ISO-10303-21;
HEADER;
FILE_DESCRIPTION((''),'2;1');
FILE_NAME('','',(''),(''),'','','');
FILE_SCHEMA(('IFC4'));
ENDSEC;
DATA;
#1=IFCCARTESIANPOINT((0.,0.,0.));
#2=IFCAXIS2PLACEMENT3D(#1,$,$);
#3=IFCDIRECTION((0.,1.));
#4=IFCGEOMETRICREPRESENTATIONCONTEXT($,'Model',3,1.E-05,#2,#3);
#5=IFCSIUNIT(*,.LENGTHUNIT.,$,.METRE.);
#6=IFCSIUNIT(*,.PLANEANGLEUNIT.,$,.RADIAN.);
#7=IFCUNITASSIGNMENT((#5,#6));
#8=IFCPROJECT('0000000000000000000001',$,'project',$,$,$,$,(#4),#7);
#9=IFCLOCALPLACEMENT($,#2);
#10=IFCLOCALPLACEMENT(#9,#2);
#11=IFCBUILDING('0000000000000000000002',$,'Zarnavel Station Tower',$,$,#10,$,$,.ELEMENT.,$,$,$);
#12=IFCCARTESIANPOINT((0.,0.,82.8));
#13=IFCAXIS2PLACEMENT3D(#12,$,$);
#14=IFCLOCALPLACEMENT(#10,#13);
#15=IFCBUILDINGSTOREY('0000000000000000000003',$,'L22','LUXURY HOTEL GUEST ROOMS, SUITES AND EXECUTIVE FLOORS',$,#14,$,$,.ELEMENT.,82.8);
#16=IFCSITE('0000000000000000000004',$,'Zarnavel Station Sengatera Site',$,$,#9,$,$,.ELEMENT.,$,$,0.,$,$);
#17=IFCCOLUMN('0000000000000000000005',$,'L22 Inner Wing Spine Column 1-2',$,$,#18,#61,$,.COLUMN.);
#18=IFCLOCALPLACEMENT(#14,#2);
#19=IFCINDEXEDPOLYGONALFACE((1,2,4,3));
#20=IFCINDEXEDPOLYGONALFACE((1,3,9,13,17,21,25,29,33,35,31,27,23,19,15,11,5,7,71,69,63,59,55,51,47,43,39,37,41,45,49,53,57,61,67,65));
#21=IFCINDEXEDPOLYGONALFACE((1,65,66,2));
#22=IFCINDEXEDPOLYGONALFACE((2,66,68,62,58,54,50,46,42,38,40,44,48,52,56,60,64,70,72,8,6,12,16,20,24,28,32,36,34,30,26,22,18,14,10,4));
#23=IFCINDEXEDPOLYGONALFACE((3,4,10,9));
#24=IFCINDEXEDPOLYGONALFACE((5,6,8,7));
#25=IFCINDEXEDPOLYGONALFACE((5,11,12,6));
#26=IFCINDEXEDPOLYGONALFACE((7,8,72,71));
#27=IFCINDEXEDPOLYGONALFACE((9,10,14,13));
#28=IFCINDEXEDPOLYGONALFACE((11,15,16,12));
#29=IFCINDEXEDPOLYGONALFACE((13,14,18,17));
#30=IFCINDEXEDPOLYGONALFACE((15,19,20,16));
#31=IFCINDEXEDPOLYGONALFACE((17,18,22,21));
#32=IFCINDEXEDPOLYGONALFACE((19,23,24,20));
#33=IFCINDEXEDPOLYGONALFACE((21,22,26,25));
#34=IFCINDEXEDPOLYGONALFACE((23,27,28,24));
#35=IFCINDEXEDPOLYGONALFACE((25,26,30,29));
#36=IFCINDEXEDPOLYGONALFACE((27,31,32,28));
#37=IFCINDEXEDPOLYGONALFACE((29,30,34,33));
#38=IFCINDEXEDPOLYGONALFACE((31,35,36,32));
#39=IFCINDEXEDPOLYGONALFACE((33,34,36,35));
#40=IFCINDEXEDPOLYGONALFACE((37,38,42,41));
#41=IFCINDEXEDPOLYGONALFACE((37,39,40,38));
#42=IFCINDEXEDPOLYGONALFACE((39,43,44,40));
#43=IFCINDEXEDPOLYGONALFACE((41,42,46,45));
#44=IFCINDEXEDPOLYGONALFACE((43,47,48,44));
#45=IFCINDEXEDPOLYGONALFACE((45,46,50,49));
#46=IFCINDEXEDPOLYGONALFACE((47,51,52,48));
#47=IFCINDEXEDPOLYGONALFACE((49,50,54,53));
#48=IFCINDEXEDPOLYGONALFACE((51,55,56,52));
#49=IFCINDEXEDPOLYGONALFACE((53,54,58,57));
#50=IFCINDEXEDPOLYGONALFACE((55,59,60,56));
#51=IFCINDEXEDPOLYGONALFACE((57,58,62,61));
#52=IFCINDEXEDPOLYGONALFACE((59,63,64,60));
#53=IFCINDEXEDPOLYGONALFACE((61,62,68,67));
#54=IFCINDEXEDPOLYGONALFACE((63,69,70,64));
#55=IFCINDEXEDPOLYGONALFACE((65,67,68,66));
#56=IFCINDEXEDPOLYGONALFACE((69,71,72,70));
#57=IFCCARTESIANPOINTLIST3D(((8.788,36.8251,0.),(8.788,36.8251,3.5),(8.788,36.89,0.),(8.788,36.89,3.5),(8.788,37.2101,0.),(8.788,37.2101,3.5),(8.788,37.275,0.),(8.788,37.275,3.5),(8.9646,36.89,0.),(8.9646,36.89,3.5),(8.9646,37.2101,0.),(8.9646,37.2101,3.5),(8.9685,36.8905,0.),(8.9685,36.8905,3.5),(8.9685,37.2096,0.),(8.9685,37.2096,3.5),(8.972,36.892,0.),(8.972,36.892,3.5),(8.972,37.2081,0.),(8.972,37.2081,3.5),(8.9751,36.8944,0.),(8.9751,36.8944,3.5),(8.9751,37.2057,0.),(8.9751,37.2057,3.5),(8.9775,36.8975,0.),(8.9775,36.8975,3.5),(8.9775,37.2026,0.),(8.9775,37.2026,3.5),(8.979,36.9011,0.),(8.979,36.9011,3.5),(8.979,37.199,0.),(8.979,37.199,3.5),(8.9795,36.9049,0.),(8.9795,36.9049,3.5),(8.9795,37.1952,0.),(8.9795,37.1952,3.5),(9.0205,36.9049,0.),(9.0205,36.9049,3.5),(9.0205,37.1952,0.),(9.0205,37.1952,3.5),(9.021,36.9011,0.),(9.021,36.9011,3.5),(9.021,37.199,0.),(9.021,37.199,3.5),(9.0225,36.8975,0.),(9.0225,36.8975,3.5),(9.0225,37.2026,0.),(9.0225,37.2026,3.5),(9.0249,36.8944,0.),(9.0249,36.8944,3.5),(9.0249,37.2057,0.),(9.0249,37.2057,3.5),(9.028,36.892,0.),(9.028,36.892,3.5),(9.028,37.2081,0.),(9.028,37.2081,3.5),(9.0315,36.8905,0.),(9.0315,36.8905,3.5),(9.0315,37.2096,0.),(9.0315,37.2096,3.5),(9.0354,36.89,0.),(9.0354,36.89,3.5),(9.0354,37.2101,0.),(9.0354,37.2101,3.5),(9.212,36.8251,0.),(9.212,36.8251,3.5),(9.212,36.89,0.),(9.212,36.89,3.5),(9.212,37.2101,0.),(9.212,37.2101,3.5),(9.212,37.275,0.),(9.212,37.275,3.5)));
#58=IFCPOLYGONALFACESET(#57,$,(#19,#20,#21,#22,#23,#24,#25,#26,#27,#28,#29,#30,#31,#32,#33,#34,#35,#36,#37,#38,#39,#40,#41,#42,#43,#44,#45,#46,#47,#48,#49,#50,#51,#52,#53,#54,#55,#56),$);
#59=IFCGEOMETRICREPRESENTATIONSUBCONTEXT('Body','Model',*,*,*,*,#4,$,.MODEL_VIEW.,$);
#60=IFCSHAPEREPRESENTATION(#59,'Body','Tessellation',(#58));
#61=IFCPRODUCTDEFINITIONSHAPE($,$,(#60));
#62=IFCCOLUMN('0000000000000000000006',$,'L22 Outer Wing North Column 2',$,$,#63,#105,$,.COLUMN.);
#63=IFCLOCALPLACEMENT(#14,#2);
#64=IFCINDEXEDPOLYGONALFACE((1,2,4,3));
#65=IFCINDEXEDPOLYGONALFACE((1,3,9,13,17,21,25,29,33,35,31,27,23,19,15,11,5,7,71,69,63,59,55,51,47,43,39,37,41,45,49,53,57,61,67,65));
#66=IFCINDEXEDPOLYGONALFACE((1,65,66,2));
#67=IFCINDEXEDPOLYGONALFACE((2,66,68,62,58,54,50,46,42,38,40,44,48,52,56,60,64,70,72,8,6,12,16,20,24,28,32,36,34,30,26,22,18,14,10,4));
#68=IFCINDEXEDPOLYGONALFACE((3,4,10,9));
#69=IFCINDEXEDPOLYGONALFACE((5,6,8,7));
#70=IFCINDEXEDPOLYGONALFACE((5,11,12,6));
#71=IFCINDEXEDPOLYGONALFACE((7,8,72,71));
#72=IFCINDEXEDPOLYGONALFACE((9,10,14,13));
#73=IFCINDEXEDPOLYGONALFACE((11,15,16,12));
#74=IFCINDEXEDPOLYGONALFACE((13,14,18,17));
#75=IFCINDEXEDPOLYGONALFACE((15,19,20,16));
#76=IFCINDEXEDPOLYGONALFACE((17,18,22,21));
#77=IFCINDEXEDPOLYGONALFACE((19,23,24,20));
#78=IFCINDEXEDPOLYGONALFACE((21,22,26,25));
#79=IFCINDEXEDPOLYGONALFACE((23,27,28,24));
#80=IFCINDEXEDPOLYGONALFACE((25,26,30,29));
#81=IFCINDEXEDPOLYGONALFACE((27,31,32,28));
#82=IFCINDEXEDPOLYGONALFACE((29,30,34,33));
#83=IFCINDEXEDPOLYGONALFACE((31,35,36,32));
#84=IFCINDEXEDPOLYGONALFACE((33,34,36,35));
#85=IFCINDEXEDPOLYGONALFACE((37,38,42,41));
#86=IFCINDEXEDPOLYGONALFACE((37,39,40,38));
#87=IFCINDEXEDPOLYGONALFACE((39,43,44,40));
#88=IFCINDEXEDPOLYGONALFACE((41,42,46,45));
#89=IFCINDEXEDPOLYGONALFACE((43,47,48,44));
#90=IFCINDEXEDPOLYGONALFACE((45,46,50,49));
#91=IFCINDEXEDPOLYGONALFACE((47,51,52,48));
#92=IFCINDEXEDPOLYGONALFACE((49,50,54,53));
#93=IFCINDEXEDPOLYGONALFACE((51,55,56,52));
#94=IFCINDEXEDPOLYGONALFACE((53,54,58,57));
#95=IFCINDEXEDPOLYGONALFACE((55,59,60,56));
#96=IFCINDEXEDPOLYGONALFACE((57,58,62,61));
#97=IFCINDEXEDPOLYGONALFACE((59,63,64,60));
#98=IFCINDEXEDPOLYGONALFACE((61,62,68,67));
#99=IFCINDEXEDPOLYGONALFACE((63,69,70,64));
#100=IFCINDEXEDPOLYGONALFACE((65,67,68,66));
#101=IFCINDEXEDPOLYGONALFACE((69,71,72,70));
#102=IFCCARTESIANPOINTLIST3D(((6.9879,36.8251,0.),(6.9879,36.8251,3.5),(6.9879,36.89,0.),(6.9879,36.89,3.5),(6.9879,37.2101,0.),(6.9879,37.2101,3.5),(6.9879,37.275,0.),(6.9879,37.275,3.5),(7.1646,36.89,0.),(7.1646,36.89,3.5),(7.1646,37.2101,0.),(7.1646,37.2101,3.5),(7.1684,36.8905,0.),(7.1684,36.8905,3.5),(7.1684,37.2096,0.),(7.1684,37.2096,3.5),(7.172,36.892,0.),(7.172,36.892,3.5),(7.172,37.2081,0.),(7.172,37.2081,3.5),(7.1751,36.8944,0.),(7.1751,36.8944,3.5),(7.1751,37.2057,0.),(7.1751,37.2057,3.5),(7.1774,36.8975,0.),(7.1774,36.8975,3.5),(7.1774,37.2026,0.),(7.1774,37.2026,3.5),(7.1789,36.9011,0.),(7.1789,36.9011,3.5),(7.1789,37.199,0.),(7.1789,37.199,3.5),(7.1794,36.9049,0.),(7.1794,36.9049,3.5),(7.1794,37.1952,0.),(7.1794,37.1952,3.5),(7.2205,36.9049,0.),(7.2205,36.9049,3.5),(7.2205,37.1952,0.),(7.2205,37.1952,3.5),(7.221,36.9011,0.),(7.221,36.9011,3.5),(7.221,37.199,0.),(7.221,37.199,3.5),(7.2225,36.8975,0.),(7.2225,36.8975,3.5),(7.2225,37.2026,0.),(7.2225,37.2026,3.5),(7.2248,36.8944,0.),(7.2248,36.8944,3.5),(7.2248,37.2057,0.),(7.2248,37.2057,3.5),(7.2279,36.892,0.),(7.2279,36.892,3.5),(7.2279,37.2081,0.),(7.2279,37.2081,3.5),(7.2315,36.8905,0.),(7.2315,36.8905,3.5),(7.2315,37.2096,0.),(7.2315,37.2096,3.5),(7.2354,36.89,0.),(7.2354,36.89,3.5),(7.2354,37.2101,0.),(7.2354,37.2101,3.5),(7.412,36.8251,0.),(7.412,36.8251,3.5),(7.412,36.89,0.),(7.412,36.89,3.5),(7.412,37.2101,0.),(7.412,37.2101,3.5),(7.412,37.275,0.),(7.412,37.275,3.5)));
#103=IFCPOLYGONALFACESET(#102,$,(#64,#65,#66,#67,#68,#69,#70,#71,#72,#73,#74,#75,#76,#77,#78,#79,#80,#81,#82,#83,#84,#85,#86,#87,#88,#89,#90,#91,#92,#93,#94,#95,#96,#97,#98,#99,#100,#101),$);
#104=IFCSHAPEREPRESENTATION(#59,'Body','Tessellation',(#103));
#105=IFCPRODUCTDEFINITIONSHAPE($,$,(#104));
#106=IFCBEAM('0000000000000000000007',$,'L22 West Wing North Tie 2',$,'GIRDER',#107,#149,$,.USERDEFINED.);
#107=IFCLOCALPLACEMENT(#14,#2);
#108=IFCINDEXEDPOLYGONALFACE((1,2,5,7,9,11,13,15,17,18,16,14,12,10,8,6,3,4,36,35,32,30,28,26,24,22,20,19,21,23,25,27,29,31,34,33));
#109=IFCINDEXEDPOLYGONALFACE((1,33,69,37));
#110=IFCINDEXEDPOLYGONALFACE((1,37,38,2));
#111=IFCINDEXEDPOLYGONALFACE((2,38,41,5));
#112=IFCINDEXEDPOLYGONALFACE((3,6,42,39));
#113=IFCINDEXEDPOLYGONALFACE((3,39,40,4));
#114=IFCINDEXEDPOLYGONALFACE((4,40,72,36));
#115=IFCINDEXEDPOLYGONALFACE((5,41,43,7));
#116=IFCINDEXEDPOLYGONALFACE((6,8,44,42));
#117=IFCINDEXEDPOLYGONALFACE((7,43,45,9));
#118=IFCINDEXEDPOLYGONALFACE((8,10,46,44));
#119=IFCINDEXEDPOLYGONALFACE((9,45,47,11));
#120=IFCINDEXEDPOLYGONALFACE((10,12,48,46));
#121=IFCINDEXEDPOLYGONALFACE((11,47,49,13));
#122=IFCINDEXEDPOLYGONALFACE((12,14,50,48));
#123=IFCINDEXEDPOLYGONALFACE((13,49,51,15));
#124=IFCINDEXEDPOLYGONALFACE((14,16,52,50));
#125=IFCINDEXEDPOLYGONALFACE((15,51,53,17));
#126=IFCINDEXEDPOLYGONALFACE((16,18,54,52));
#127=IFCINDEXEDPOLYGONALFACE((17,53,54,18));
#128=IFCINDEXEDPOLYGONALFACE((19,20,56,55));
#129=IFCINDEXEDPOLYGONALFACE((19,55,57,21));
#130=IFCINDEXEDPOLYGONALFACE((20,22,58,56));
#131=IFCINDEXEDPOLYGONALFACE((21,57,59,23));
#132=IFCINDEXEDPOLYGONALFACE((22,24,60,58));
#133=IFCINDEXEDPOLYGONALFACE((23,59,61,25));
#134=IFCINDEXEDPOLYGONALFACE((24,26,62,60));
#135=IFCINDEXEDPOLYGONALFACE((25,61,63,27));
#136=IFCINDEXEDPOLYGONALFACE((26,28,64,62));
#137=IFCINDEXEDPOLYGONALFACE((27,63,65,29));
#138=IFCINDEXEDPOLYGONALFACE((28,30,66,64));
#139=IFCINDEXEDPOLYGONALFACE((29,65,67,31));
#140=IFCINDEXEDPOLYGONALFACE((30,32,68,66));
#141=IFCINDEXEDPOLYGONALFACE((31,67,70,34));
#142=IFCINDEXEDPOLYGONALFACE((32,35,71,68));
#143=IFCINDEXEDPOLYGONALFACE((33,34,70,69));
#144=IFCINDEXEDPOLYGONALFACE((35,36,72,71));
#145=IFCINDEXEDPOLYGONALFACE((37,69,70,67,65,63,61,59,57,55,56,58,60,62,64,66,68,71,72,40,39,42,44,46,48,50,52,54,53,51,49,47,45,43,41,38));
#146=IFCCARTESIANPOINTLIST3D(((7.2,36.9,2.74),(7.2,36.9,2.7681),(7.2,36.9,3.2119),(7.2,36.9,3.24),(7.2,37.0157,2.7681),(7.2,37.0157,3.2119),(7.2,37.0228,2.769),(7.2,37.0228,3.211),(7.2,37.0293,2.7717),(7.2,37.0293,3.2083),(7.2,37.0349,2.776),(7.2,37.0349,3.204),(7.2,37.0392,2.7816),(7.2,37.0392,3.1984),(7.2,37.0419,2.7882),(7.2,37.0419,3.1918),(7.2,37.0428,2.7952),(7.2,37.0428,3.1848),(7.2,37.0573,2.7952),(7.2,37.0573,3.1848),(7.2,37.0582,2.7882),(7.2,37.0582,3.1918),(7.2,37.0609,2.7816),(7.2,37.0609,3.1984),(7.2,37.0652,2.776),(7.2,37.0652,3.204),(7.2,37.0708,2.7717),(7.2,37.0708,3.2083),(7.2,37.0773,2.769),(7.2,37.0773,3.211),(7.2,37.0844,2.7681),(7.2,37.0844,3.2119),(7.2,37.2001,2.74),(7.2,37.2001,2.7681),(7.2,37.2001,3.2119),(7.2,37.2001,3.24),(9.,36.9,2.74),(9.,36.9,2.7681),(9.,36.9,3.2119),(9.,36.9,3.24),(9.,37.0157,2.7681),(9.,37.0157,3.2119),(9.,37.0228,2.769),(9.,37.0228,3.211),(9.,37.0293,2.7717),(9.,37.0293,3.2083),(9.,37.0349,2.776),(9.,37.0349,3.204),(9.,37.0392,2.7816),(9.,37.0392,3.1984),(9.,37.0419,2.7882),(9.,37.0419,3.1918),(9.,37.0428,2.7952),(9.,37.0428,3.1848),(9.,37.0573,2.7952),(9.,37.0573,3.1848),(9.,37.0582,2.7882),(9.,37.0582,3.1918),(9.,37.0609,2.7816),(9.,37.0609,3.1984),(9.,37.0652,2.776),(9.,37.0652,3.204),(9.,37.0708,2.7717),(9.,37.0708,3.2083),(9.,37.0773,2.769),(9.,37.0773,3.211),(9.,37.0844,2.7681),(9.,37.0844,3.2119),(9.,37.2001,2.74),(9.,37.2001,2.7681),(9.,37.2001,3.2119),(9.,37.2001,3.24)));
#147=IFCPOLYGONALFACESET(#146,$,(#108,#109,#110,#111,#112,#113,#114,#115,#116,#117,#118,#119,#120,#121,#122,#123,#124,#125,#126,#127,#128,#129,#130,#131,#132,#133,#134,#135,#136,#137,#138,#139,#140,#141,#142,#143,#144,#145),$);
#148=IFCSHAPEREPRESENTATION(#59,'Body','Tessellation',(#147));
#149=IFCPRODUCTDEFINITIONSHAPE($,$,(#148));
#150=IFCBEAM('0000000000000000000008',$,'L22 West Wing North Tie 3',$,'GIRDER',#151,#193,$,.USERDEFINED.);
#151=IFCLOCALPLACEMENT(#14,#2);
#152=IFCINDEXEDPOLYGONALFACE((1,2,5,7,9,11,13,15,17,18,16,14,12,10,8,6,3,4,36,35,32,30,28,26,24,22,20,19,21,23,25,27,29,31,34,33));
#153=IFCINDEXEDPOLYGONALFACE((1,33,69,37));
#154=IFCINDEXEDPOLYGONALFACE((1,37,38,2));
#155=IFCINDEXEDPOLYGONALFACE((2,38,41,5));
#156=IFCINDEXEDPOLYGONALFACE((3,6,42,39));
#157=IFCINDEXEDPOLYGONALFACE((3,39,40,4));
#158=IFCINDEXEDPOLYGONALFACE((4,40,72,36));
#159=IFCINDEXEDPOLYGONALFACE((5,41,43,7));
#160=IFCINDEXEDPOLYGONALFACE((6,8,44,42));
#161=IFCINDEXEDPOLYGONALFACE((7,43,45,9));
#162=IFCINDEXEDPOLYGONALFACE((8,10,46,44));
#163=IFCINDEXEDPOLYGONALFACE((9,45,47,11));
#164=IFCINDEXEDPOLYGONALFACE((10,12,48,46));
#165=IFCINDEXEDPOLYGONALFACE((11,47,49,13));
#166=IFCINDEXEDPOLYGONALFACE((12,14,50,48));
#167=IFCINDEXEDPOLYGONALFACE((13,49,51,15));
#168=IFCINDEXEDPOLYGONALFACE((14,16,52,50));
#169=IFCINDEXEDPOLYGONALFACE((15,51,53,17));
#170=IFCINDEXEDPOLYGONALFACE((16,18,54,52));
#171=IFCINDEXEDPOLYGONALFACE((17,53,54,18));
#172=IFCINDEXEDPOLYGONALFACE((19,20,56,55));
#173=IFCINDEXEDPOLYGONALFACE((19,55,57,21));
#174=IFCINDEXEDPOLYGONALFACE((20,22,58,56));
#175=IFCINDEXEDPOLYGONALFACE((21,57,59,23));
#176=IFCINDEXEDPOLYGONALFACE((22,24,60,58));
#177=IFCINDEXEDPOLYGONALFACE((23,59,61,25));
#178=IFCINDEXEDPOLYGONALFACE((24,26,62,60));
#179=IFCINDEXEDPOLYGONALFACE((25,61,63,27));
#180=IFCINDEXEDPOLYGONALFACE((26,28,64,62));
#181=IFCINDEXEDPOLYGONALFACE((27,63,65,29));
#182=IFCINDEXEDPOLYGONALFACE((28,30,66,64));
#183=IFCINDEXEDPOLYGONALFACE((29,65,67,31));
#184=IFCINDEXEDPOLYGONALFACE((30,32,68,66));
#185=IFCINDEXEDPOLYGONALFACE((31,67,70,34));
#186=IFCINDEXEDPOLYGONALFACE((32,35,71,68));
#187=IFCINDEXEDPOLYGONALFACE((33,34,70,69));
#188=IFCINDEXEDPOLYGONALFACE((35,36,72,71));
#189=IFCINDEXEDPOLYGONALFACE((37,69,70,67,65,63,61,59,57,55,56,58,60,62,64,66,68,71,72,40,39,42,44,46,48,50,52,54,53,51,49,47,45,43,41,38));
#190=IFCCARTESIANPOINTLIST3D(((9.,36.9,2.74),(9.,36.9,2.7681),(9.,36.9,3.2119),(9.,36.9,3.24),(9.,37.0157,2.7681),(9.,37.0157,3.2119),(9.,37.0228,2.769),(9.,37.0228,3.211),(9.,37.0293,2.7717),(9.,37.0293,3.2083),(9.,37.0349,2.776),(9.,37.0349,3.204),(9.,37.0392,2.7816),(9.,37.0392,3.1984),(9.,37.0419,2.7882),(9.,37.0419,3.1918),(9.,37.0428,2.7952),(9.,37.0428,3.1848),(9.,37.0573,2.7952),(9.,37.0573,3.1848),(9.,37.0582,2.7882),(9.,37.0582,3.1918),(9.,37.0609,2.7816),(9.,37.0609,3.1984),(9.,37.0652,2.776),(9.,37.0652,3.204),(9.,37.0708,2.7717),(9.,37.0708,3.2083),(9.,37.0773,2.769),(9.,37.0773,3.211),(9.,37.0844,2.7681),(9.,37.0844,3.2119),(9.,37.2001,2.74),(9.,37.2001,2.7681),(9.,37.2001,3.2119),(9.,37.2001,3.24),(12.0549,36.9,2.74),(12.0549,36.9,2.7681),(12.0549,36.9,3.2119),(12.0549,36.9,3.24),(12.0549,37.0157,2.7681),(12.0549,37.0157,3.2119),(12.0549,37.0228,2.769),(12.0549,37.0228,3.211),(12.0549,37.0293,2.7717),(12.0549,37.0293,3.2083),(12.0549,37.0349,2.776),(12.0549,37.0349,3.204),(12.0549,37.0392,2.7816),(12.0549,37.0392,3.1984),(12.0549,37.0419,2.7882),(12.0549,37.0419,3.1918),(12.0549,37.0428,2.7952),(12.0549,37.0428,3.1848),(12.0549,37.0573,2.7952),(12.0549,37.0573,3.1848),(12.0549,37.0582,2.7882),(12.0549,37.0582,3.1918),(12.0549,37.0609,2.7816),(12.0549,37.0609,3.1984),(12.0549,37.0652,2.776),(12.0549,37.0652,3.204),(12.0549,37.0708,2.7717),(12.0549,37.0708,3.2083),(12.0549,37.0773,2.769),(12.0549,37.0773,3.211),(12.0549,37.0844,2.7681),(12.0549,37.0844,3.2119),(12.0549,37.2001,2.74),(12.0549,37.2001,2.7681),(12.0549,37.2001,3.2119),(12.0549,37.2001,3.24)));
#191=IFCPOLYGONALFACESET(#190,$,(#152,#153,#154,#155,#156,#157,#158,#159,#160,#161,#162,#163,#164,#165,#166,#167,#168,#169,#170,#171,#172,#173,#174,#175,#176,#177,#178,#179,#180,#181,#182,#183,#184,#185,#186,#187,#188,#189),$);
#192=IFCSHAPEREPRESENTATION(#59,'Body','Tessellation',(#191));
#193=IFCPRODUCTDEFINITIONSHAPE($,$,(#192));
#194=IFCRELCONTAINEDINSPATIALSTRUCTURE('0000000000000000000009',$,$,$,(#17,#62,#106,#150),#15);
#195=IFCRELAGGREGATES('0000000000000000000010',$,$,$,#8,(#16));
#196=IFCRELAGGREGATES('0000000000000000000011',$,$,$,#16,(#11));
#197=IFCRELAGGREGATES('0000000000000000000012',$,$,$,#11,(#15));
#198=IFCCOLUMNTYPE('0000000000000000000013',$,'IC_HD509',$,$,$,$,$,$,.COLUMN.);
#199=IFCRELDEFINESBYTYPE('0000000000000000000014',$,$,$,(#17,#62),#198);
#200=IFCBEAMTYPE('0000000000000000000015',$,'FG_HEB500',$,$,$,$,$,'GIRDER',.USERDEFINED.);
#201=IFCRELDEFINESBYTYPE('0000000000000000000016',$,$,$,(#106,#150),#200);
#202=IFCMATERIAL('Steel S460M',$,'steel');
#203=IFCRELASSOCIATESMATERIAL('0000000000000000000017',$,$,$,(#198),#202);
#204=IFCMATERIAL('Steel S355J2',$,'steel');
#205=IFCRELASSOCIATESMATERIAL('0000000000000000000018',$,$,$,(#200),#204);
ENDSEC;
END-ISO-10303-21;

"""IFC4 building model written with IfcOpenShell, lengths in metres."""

from ifc_helpers import new_model, si_unit, direction, frame, origin, origin_2d, place, context, subcontext, project, spatial, i_section, extrude, material, material_profile, profile_set, type_object, element, save


model = new_model("IFC4")

# Units and contexts
model_context = context("Model", 3, precision=1e-05, world=origin(), true_north=direction((0.0, 1.0)))
body_context = subcontext(model_context, "Body", "Model", "MODEL_VIEW")
ifc_project = project(units=[si_unit("LENGTHUNIT", "METRE"), si_unit("PLANEANGLEUNIT", "RADIAN")], contexts=[model_context])

# Site, building, storey
site_placement = place(None, origin())
site = spatial("IfcSite", under=ifc_project, at=site_placement, Name="Zarnavel Station Sengatera Site", CompositionType="ELEMENT", RefElevation=0.0)
building_placement = place(site_placement, origin())
building = spatial("IfcBuilding", under=site, at=building_placement, Name="Zarnavel Station Tower", CompositionType="ELEMENT")
storey_placement = place(building_placement, frame((0.0, 0.0, 82.8)))
storey = spatial("IfcBuildingStorey", under=building, at=storey_placement, Name="L22", Description="LUXURY HOTEL GUEST ROOMS, SUITES AND EXECUTIVE FLOORS", CompositionType="ELEMENT", Elevation=82.8)

# Columns
ifc_material_1 = material(Name="Steel S460M", Category="steel")
ifc_material_profile_1 = material_profile(ifc_material_1, i_section(OverallWidth=0.4241, OverallDepth=0.45, WebThickness=0.041, FlangeThickness=0.0649, FilletRadius=0.0149, at=origin_2d()), Name="HD400x509")
ifc_profile_set_1 = profile_set([ifc_material_profile_1], Name="Steel S460M")
column_type = type_object("IfcColumnType", Name="IC_HD509", PredefinedType="COLUMN", material=ifc_profile_set_1)
for number, where, z_axis, x_axis, name in (
    (1, (9.0, 37.05, 0.0), (0.0, 0.0, 1.0), (1.0, 0.0, 0.0), "L22 Inner Wing Spine Column 1-2"),
    (2, (7.2, 37.05, 0.0), (0.0, 0.0, 1.0), (1.0, 0.0, 0.0), "L22 Outer Wing North Column 2"),
):
    element("IfcColumn", number, at=place(storey_placement, frame(where, z_axis=z_axis, x_axis=x_axis)), inside=storey, type_object=column_type, Name=name, PredefinedType="COLUMN", context=body_context, shape_type="SweptSolid", body=[
        extrude(i_section(OverallWidth=0.4241, OverallDepth=0.45, WebThickness=0.041, FlangeThickness=0.0649, FilletRadius=0.0149, at=origin_2d()), origin(), (0.0, 0.0, 1.0), 3.5),
    ])

# Beams
ifc_material_2 = material(Name="Steel S355J2", Category="steel")
ifc_material_profile_2 = material_profile(ifc_material_2, i_section(OverallWidth=0.3, OverallDepth=0.5, WebThickness=0.0144, FlangeThickness=0.0281, FilletRadius=0.0271, at=origin_2d()), Name="HEB500")
ifc_profile_set_2 = profile_set([ifc_material_profile_2], Name="Steel S355J2")
beam_type = type_object("IfcBeamType", Name="FG_HEB500", ElementType="GIRDER", PredefinedType="USERDEFINED", material=ifc_profile_set_2)
beam_1_placement = place(storey_placement, frame((7.2, 37.05, 2.99), z_axis=(1.0, 0.0, 0.0), x_axis=(0.0, 1.0, 0.0)))
element("IfcBeam", 3, at=beam_1_placement, inside=storey, type_object=beam_type, Name="L22 West Wing North Tie 2", ObjectType="GIRDER", PredefinedType="USERDEFINED", context=body_context, shape_type="SweptSolid", body=[
    extrude(i_section(OverallWidth=0.3, OverallDepth=0.5, WebThickness=0.0144, FlangeThickness=0.0281, FilletRadius=0.0271, at=origin_2d()), origin(), (0.0, 0.0, 1.0), 1.8),
])
beam_2_placement = place(storey_placement, frame((9.0, 37.05, 2.99), z_axis=(1.0, 0.0, 0.0), x_axis=(0.0, 1.0, 0.0)))
element("IfcBeam", 4, at=beam_2_placement, inside=storey, type_object=beam_type, Name="L22 West Wing North Tie 3", ObjectType="GIRDER", PredefinedType="USERDEFINED", context=body_context, shape_type="SweptSolid", body=[
    extrude(i_section(OverallWidth=0.3, OverallDepth=0.5, WebThickness=0.0144, FlangeThickness=0.0281, FilletRadius=0.0271, at=origin_2d()), origin(), (0.0, 0.0, 1.0), 3.0549),
])

save(model, "model.ifc")
